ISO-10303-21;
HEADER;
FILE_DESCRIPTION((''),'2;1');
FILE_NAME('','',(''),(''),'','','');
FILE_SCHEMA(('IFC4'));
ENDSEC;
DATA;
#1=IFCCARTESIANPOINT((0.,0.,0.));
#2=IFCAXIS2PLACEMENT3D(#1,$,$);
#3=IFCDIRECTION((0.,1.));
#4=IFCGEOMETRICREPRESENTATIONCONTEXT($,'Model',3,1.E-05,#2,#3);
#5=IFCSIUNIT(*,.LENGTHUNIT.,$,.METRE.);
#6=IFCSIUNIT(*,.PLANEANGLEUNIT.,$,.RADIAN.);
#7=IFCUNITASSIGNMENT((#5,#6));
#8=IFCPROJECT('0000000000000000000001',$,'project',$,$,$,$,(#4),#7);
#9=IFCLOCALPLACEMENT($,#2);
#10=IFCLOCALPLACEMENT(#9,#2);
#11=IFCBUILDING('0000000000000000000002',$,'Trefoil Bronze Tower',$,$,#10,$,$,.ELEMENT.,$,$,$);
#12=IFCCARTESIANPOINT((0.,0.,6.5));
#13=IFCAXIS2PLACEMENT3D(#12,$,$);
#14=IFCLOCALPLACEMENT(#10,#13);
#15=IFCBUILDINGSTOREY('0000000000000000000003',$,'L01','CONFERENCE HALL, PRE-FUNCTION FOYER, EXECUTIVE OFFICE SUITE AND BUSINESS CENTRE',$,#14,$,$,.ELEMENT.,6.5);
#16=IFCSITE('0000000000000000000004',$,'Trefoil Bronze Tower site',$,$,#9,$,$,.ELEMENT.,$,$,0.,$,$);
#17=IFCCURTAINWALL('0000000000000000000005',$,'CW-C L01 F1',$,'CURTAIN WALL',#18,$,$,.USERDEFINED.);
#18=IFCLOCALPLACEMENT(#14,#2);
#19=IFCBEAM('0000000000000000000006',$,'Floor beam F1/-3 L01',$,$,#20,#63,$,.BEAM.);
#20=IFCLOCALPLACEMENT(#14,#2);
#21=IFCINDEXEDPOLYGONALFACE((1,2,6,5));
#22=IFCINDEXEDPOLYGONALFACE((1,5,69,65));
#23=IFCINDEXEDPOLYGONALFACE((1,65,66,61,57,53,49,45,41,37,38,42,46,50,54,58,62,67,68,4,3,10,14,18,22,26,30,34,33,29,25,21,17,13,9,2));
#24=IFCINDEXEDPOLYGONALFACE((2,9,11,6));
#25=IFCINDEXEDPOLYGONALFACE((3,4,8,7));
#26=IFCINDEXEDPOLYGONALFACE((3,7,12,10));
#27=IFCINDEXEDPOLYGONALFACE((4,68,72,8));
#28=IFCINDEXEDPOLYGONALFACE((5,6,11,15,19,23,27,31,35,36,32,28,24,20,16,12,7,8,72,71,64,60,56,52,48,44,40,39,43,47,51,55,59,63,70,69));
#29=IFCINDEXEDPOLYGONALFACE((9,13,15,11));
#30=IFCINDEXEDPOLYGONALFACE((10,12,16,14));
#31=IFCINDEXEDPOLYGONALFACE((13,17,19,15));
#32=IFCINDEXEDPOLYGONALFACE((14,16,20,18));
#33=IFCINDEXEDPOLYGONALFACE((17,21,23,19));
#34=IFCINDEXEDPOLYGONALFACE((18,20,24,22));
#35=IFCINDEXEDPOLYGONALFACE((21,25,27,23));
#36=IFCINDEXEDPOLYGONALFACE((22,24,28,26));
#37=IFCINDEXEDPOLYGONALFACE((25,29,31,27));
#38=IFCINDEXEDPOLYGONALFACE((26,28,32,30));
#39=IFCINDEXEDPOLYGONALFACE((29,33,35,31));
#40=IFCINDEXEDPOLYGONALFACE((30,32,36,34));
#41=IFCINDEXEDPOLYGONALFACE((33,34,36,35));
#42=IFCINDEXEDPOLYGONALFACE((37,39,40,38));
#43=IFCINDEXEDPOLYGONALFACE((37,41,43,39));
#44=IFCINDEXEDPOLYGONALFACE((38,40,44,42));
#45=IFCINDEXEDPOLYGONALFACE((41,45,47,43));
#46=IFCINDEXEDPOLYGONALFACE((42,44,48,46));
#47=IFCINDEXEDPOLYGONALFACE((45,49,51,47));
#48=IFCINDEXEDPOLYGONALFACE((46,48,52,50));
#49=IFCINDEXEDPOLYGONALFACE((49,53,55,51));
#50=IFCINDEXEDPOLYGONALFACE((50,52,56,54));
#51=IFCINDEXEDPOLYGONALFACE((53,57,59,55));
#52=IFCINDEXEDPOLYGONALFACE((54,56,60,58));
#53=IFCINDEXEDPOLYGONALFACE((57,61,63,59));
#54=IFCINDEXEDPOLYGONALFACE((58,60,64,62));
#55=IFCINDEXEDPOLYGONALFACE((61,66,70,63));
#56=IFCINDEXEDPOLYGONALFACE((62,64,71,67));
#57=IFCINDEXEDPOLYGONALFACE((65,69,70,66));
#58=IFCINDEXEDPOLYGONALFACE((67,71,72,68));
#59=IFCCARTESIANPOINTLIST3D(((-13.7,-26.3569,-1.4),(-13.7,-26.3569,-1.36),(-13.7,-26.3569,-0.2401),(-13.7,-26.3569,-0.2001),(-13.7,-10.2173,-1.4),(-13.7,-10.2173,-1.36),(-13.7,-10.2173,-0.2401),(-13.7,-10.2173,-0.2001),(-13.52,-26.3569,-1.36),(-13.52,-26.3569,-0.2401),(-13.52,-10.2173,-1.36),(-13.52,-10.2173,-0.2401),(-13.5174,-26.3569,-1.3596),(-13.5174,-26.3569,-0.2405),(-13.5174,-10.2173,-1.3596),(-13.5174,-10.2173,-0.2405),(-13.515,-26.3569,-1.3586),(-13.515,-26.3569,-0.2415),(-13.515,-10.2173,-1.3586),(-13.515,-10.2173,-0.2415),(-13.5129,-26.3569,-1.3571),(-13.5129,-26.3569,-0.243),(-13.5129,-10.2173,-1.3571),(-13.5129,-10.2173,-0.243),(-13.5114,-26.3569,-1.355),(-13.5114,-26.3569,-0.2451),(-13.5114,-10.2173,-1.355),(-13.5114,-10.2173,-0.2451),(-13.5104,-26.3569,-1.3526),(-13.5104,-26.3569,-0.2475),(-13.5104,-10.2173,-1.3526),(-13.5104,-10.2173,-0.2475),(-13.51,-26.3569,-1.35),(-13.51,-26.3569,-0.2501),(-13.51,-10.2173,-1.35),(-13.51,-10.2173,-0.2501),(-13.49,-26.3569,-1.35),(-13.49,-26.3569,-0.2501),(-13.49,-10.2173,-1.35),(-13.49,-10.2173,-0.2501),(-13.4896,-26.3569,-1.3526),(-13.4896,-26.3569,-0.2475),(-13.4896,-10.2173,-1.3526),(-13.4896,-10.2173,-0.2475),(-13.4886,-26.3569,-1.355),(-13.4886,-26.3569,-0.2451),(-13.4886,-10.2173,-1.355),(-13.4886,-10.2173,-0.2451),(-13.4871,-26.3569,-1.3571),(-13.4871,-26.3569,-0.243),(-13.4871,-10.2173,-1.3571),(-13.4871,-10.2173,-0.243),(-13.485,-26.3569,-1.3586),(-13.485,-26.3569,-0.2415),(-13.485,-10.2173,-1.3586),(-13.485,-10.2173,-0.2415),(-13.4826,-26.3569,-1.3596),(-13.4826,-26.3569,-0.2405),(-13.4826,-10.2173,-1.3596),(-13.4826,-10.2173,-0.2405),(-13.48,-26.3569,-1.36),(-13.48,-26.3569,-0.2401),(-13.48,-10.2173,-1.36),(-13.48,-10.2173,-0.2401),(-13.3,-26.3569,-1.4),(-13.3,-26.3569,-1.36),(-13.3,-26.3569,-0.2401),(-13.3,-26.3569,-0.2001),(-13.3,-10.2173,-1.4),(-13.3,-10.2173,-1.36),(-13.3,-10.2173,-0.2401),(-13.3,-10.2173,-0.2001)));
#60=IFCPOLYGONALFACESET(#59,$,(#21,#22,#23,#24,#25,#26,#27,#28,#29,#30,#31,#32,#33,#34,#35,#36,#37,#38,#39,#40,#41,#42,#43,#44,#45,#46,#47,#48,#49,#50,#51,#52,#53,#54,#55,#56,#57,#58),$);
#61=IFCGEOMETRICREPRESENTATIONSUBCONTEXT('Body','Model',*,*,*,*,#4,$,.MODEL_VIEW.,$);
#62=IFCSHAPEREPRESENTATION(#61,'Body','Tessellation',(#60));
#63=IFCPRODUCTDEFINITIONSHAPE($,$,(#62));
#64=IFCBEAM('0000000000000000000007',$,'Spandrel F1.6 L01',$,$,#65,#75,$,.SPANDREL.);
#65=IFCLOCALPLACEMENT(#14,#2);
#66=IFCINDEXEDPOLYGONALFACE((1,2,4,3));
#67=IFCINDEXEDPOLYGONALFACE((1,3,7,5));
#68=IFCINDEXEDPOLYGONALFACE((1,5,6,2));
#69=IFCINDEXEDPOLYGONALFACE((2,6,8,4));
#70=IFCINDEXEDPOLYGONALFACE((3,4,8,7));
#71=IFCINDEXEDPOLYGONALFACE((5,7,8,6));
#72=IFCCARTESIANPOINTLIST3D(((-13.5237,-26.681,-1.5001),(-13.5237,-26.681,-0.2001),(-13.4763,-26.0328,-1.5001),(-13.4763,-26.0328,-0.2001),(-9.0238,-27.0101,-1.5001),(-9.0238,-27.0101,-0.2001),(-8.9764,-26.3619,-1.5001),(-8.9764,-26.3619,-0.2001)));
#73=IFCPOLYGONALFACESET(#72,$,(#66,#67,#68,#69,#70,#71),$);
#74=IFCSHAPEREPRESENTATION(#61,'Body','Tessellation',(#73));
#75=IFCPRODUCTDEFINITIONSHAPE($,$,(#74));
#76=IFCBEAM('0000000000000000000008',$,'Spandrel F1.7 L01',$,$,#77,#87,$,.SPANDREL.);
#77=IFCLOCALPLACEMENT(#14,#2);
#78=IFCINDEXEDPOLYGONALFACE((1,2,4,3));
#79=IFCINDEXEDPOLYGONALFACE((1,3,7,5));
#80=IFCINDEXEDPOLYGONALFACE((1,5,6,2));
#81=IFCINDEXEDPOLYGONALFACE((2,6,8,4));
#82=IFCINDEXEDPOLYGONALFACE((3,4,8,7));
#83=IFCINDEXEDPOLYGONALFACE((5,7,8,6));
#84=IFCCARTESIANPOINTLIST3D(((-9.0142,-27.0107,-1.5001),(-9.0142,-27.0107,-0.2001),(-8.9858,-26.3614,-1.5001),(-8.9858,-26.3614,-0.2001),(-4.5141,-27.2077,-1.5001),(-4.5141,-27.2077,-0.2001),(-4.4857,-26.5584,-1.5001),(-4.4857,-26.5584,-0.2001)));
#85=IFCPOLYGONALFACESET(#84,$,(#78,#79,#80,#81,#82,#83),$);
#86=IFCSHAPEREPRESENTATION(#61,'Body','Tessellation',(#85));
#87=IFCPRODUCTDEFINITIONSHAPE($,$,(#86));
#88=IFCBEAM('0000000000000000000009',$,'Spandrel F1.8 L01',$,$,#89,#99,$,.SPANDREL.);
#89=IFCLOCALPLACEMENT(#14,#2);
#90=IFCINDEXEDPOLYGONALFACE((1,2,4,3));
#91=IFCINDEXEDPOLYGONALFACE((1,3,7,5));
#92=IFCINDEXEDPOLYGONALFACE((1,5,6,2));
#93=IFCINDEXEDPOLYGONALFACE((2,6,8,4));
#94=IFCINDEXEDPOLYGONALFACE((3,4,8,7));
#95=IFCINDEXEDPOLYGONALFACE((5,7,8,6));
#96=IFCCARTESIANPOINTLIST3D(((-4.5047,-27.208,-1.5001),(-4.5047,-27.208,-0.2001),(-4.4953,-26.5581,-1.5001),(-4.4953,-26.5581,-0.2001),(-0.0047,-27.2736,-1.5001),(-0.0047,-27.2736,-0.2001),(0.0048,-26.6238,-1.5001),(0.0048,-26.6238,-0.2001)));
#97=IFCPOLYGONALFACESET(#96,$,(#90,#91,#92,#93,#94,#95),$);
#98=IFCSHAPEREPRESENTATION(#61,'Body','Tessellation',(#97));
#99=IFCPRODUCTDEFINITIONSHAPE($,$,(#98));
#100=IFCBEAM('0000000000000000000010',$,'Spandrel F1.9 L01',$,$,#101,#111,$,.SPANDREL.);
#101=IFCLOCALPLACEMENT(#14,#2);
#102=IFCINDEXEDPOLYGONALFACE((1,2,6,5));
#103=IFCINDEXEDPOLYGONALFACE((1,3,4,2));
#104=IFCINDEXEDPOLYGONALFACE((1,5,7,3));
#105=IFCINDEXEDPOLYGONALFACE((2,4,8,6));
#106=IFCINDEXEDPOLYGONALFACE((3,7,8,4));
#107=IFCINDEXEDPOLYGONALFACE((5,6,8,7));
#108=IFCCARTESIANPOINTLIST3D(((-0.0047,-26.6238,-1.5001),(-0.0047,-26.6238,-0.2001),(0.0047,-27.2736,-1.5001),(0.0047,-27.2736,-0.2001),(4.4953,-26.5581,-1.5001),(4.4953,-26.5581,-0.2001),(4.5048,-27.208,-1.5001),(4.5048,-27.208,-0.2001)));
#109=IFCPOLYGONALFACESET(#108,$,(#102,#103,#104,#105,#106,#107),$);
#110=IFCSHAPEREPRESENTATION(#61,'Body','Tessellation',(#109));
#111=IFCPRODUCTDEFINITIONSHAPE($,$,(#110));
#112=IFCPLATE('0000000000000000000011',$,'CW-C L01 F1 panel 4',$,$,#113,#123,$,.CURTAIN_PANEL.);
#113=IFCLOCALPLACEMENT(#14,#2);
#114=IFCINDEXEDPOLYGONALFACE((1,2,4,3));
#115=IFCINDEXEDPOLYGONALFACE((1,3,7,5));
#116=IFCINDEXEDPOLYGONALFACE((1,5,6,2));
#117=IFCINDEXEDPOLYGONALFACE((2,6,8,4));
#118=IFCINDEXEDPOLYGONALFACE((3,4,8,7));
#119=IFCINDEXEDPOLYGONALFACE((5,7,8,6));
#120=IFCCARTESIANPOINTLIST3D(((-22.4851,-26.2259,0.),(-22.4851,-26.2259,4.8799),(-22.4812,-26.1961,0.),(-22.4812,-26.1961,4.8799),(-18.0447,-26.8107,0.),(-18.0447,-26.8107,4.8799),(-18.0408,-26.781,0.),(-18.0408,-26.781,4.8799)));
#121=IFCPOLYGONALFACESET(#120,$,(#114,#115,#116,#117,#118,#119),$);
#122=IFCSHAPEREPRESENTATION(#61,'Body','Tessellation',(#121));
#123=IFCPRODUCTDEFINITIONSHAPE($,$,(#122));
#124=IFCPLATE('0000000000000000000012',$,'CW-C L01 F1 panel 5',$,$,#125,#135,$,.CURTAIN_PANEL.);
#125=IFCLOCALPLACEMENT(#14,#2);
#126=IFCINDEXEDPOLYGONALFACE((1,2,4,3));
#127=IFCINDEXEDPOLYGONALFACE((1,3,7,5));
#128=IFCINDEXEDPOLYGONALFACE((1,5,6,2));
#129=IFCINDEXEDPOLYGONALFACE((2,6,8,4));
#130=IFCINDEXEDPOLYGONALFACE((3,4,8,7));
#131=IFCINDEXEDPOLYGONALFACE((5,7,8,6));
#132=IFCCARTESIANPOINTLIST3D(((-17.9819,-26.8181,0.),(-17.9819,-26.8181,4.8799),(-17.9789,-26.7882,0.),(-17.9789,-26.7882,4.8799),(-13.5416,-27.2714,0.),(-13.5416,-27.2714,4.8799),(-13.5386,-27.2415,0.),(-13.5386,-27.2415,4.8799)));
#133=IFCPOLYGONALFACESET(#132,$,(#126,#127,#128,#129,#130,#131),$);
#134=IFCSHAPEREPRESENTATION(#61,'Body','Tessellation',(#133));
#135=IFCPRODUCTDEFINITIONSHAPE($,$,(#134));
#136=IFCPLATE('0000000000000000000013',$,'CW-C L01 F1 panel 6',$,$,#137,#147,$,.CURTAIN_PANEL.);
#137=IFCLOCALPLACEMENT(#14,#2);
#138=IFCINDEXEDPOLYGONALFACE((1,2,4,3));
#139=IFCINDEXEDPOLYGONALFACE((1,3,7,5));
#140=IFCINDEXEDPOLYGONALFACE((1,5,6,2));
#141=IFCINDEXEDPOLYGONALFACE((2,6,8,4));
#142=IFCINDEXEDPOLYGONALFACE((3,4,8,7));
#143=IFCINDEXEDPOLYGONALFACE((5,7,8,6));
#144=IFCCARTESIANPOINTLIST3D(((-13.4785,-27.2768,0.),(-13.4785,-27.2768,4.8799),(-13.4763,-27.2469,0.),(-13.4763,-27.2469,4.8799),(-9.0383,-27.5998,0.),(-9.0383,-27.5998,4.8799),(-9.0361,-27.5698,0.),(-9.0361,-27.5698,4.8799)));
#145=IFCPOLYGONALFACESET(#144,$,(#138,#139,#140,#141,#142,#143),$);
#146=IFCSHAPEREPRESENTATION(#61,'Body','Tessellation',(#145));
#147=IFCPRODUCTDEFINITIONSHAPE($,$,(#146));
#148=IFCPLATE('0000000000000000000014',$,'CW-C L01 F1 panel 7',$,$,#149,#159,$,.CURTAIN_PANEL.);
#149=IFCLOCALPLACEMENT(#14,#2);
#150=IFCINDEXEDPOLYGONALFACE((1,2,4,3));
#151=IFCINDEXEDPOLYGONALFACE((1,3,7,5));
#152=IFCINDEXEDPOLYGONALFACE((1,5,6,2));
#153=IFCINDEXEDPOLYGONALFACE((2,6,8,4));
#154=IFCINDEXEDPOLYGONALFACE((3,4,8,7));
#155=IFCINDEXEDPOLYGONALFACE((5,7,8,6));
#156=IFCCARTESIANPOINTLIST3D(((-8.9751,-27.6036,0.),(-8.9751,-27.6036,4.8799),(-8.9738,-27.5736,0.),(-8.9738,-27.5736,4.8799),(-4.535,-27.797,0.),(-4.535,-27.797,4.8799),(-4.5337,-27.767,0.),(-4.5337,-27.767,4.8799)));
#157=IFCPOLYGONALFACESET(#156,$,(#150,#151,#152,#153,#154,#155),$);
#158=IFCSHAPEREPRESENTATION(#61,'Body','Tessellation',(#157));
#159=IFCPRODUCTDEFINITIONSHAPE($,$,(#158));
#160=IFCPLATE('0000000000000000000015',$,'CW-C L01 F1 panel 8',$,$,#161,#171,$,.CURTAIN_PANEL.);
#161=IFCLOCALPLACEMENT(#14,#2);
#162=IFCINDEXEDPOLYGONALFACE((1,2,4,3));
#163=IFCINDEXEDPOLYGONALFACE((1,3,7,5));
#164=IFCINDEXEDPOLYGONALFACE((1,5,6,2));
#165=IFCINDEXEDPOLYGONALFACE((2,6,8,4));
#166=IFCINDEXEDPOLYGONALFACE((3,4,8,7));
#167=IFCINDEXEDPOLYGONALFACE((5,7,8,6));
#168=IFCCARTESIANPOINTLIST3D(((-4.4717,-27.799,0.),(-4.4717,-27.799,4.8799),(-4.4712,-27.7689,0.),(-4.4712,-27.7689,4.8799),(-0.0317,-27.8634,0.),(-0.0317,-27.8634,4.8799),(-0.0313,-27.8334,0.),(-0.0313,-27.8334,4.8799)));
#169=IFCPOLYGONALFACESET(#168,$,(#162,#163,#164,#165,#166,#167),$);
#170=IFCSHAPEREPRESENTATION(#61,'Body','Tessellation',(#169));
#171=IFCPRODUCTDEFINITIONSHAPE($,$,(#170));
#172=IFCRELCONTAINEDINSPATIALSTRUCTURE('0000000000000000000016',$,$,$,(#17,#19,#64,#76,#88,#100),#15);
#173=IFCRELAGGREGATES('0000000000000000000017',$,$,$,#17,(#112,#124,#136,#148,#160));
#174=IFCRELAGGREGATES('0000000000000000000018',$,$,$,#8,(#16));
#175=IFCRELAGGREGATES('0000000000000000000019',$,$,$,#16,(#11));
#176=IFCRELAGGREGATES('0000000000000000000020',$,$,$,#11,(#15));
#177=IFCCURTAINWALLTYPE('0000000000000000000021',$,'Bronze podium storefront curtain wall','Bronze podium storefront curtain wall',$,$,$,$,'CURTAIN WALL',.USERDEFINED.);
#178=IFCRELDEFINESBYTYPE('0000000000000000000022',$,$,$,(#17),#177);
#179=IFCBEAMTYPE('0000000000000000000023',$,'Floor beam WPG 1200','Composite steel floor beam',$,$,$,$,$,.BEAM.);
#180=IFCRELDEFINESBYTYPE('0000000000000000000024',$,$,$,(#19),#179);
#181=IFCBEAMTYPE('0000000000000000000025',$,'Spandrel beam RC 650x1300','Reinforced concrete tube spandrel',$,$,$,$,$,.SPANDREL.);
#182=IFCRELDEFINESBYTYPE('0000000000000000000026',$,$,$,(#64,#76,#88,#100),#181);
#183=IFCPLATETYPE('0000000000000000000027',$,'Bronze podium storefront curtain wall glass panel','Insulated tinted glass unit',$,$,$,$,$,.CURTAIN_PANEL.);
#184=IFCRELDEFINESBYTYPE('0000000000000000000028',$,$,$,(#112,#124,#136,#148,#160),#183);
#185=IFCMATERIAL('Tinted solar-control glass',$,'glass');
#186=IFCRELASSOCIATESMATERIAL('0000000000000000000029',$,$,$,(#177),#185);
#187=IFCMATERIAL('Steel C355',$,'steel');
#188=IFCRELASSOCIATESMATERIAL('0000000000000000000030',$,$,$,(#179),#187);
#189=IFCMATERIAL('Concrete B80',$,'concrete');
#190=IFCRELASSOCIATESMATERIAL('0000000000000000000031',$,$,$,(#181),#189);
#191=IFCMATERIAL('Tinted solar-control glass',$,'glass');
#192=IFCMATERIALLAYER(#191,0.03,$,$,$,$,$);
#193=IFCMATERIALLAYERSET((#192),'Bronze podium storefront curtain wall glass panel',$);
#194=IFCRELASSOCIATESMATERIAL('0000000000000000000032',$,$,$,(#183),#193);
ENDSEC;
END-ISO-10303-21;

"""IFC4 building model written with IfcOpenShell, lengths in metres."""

from ifc_helpers import new_model, si_unit, direction, frame, origin, origin_2d, place, context, subcontext, project, spatial, rectangle, i_section, extrude, material, layer, layer_set, material_profile, profile_set, type_object, element, aggregate, save


model = new_model("IFC4")

# Units and contexts
model_context = context("Model", 3, precision=1e-05, world=origin(), true_north=direction((0.0, 1.0)))
body_context = subcontext(model_context, "Body", "Model", "MODEL_VIEW")
ifc_project = project(units=[si_unit("LENGTHUNIT", "METRE"), si_unit("PLANEANGLEUNIT", "RADIAN")], contexts=[model_context])

# Site, building, storey
site_placement = place(None, origin())
site = spatial("IfcSite", under=ifc_project, at=site_placement, Name="Trefoil Bronze Tower site", CompositionType="ELEMENT", RefElevation=0.0)
building_placement = place(site_placement, origin())
building = spatial("IfcBuilding", under=site, at=building_placement, Name="Trefoil Bronze Tower", CompositionType="ELEMENT")
storey_placement = place(building_placement, frame((0.0, 0.0, 6.5)))
storey = spatial("IfcBuildingStorey", under=building, at=storey_placement, Name="L01", Description="CONFERENCE HALL, PRE-FUNCTION FOYER, EXECUTIVE OFFICE SUITE AND BUSINESS CENTRE", CompositionType="ELEMENT", Elevation=6.5)

# Curtain wall
ifc_material_1 = material(Name="Tinted solar-control glass", Category="glass")
curtain_wall_type = type_object("IfcCurtainWallType", Name="Bronze podium storefront curtain wall", Description="Bronze podium storefront curtain wall", ElementType="CURTAIN WALL", PredefinedType="USERDEFINED", material=ifc_material_1)
curtain_wall_placement = place(storey_placement, origin())
curtain_wall = element("IfcCurtainWall", 1, at=curtain_wall_placement, inside=storey, type_object=curtain_wall_type, Name="CW-C L01 F1", ObjectType="CURTAIN WALL", PredefinedType="USERDEFINED")

# Beams
ifc_material_2 = material(Name="Steel C355", Category="steel")
ifc_material_profile_1 = material_profile(ifc_material_2, i_section(OverallWidth=0.3999, OverallDepth=1.2, WebThickness=0.02, FlangeThickness=0.04, FilletRadius=0.01, at=origin_2d()), Name="WPG 1200")
ifc_profile_set_1 = profile_set([ifc_material_profile_1], Name="Steel C355")
beam_type_1 = type_object("IfcBeamType", Name="Floor beam WPG 1200", Description="Composite steel floor beam", PredefinedType="BEAM", material=ifc_profile_set_1)
beam_1_placement = place(storey_placement, frame((-13.5, -26.3569, -0.8), z_axis=(0.0, 1.0, 0.0), x_axis=(-1.0, 0.0, 0.0)))
element("IfcBeam", 2, at=beam_1_placement, inside=storey, type_object=beam_type_1, Name="Floor beam F1/-3 L01", PredefinedType="BEAM", context=body_context, shape_type="SweptSolid", body=[
    extrude(i_section(OverallWidth=0.3999, OverallDepth=1.2, WebThickness=0.02, FlangeThickness=0.04, FilletRadius=0.01, at=origin_2d()), origin(), (0.0, 0.0, 1.0), 16.1396),
])
ifc_material_3 = material(Name="Concrete B80", Category="concrete")
ifc_material_profile_2 = material_profile(ifc_material_3, rectangle(XDim=0.6499, YDim=1.3, at=origin_2d()), Name="RC 650x1300")
ifc_profile_set_2 = profile_set([ifc_material_profile_2], Name="Concrete B80")
beam_type_2 = type_object("IfcBeamType", Name="Spandrel beam RC 650x1300", Description="Reinforced concrete tube spandrel", PredefinedType="SPANDREL", material=ifc_profile_set_2)
beam_2_placement = place(storey_placement, frame((-13.5, -26.3569, -0.8501), z_axis=(0.997336, -0.072939, 0.0), x_axis=(0.072939, 0.997336, 0.0)))
element("IfcBeam", 3, at=beam_2_placement, inside=storey, type_object=beam_type_2, Name="Spandrel F1.6 L01", PredefinedType="SPANDREL", context=body_context, shape_type="SweptSolid", body=[
    extrude(rectangle(XDim=0.6499, YDim=1.3, at=origin_2d()), origin(), (0.0, 0.0, 1.0), 4.512),
])
beam_3_placement = place(storey_placement, frame((-9.0, -26.686, -0.8501), z_axis=(0.999043, -0.043741, 0.0), x_axis=(0.043741, 0.999043, 0.0)))
element("IfcBeam", 4, at=beam_3_placement, inside=storey, type_object=beam_type_2, Name="Spandrel F1.7 L01", PredefinedType="SPANDREL", context=body_context, shape_type="SweptSolid", body=[
    extrude(rectangle(XDim=0.6499, YDim=1.3, at=origin_2d()), origin(), (0.0, 0.0, 1.0), 4.5044),
])
for number, where, z_axis, x_axis, name in (
    (5, (-4.5, -26.8831, -0.8501), (0.999894, -0.014593, 0.0), (0.014593, 0.999894, 0.0), "Spandrel F1.8 L01"),
    (6, (0.0, -26.9487, -0.8501), (0.999894, 0.014593, 0.0), (-0.014593, 0.999894, 0.0), "Spandrel F1.9 L01"),
):
    element("IfcBeam", number, at=place(storey_placement, frame(where, z_axis=z_axis, x_axis=x_axis)), inside=storey, type_object=beam_type_2, Name=name, PredefinedType="SPANDREL", context=body_context, shape_type="SweptSolid", body=[
        extrude(rectangle(XDim=0.6499, YDim=1.3, at=origin_2d()), origin(), (0.0, 0.0, 1.0), 4.5005),
    ])

# Plates
ifc_material_4 = material(Name="Tinted solar-control glass", Category="glass")
ifc_layer = layer(ifc_material_4, 0.03)
ifc_layer_set = layer_set([ifc_layer], Name="Bronze podium storefront curtain wall glass panel")
plate_type = type_object("IfcPlateType", Name="Bronze podium storefront curtain wall glass panel", Description="Insulated tinted glass unit", PredefinedType="CURTAIN_PANEL", material=ifc_layer_set)
plate_1_placement = place(storey_placement, frame((-20.2629, -26.5034, 0.0), z_axis=(0.0, 0.0, 1.0), x_axis=(0.991437, -0.130584, 0.0)))
plate_1 = element("IfcPlate", 7, at=plate_1_placement, type_object=plate_type, Name="CW-C L01 F1 panel 4", PredefinedType="CURTAIN_PANEL", context=body_context, shape_type="SweptSolid", body=[
    extrude(rectangle(XDim=4.4788, YDim=0.03, at=origin_2d()), origin(), (0.0, 0.0, 1.0), 4.8799),
])
plate_2_placement = place(storey_placement, frame((-15.7603, -27.0298, 0.0), z_axis=(0.0, 0.0, 1.0), x_axis=(0.994829, -0.101565, 0.0)))
plate_2 = element("IfcPlate", 8, at=plate_2_placement, type_object=plate_type, Name="CW-C L01 F1 panel 5", PredefinedType="CURTAIN_PANEL", context=body_context, shape_type="SweptSolid", body=[
    extrude(rectangle(XDim=4.4634, YDim=0.03, at=origin_2d()), origin(), (0.0, 0.0, 1.0), 4.8799),
])
plate_3_placement = place(storey_placement, frame((-11.2573, -27.4233, 0.0), z_axis=(0.0, 0.0, 1.0), x_axis=(0.997365, -0.072547, 0.0)))
plate_3 = element("IfcPlate", 9, at=plate_3_placement, type_object=plate_type, Name="CW-C L01 F1 panel 6", PredefinedType="CURTAIN_PANEL", context=body_context, shape_type="SweptSolid", body=[
    extrude(rectangle(XDim=4.4519, YDim=0.03, at=origin_2d()), origin(), (0.0, 0.0, 1.0), 4.8799),
])
plate_4_placement = place(storey_placement, frame((-6.7544, -27.6853, 0.0), z_axis=(0.0, 0.0, 1.0), x_axis=(0.999052, -0.043528, 0.0)))
plate_4 = element("IfcPlate", 10, at=plate_4_placement, type_object=plate_type, Name="CW-C L01 F1 panel 7", PredefinedType="CURTAIN_PANEL", context=body_context, shape_type="SweptSolid", body=[
    extrude(rectangle(XDim=4.4443, YDim=0.03, at=origin_2d()), origin(), (0.0, 0.0, 1.0), 4.8799),
])
plate_5_placement = place(storey_placement, frame((-2.2515, -27.8162, 0.0), z_axis=(0.0, 0.0, 1.0), x_axis=(0.999895, -0.014509, 0.0)))
plate_5 = element("IfcPlate", 11, at=plate_5_placement, type_object=plate_type, Name="CW-C L01 F1 panel 8", PredefinedType="CURTAIN_PANEL", context=body_context, shape_type="SweptSolid", body=[
    extrude(rectangle(XDim=4.4404, YDim=0.03, at=origin_2d()), origin(), (0.0, 0.0, 1.0), 4.8799),
])
aggregate(curtain_wall, [plate_1, plate_2, plate_3, plate_4, plate_5])

save(model, "model.ifc")
